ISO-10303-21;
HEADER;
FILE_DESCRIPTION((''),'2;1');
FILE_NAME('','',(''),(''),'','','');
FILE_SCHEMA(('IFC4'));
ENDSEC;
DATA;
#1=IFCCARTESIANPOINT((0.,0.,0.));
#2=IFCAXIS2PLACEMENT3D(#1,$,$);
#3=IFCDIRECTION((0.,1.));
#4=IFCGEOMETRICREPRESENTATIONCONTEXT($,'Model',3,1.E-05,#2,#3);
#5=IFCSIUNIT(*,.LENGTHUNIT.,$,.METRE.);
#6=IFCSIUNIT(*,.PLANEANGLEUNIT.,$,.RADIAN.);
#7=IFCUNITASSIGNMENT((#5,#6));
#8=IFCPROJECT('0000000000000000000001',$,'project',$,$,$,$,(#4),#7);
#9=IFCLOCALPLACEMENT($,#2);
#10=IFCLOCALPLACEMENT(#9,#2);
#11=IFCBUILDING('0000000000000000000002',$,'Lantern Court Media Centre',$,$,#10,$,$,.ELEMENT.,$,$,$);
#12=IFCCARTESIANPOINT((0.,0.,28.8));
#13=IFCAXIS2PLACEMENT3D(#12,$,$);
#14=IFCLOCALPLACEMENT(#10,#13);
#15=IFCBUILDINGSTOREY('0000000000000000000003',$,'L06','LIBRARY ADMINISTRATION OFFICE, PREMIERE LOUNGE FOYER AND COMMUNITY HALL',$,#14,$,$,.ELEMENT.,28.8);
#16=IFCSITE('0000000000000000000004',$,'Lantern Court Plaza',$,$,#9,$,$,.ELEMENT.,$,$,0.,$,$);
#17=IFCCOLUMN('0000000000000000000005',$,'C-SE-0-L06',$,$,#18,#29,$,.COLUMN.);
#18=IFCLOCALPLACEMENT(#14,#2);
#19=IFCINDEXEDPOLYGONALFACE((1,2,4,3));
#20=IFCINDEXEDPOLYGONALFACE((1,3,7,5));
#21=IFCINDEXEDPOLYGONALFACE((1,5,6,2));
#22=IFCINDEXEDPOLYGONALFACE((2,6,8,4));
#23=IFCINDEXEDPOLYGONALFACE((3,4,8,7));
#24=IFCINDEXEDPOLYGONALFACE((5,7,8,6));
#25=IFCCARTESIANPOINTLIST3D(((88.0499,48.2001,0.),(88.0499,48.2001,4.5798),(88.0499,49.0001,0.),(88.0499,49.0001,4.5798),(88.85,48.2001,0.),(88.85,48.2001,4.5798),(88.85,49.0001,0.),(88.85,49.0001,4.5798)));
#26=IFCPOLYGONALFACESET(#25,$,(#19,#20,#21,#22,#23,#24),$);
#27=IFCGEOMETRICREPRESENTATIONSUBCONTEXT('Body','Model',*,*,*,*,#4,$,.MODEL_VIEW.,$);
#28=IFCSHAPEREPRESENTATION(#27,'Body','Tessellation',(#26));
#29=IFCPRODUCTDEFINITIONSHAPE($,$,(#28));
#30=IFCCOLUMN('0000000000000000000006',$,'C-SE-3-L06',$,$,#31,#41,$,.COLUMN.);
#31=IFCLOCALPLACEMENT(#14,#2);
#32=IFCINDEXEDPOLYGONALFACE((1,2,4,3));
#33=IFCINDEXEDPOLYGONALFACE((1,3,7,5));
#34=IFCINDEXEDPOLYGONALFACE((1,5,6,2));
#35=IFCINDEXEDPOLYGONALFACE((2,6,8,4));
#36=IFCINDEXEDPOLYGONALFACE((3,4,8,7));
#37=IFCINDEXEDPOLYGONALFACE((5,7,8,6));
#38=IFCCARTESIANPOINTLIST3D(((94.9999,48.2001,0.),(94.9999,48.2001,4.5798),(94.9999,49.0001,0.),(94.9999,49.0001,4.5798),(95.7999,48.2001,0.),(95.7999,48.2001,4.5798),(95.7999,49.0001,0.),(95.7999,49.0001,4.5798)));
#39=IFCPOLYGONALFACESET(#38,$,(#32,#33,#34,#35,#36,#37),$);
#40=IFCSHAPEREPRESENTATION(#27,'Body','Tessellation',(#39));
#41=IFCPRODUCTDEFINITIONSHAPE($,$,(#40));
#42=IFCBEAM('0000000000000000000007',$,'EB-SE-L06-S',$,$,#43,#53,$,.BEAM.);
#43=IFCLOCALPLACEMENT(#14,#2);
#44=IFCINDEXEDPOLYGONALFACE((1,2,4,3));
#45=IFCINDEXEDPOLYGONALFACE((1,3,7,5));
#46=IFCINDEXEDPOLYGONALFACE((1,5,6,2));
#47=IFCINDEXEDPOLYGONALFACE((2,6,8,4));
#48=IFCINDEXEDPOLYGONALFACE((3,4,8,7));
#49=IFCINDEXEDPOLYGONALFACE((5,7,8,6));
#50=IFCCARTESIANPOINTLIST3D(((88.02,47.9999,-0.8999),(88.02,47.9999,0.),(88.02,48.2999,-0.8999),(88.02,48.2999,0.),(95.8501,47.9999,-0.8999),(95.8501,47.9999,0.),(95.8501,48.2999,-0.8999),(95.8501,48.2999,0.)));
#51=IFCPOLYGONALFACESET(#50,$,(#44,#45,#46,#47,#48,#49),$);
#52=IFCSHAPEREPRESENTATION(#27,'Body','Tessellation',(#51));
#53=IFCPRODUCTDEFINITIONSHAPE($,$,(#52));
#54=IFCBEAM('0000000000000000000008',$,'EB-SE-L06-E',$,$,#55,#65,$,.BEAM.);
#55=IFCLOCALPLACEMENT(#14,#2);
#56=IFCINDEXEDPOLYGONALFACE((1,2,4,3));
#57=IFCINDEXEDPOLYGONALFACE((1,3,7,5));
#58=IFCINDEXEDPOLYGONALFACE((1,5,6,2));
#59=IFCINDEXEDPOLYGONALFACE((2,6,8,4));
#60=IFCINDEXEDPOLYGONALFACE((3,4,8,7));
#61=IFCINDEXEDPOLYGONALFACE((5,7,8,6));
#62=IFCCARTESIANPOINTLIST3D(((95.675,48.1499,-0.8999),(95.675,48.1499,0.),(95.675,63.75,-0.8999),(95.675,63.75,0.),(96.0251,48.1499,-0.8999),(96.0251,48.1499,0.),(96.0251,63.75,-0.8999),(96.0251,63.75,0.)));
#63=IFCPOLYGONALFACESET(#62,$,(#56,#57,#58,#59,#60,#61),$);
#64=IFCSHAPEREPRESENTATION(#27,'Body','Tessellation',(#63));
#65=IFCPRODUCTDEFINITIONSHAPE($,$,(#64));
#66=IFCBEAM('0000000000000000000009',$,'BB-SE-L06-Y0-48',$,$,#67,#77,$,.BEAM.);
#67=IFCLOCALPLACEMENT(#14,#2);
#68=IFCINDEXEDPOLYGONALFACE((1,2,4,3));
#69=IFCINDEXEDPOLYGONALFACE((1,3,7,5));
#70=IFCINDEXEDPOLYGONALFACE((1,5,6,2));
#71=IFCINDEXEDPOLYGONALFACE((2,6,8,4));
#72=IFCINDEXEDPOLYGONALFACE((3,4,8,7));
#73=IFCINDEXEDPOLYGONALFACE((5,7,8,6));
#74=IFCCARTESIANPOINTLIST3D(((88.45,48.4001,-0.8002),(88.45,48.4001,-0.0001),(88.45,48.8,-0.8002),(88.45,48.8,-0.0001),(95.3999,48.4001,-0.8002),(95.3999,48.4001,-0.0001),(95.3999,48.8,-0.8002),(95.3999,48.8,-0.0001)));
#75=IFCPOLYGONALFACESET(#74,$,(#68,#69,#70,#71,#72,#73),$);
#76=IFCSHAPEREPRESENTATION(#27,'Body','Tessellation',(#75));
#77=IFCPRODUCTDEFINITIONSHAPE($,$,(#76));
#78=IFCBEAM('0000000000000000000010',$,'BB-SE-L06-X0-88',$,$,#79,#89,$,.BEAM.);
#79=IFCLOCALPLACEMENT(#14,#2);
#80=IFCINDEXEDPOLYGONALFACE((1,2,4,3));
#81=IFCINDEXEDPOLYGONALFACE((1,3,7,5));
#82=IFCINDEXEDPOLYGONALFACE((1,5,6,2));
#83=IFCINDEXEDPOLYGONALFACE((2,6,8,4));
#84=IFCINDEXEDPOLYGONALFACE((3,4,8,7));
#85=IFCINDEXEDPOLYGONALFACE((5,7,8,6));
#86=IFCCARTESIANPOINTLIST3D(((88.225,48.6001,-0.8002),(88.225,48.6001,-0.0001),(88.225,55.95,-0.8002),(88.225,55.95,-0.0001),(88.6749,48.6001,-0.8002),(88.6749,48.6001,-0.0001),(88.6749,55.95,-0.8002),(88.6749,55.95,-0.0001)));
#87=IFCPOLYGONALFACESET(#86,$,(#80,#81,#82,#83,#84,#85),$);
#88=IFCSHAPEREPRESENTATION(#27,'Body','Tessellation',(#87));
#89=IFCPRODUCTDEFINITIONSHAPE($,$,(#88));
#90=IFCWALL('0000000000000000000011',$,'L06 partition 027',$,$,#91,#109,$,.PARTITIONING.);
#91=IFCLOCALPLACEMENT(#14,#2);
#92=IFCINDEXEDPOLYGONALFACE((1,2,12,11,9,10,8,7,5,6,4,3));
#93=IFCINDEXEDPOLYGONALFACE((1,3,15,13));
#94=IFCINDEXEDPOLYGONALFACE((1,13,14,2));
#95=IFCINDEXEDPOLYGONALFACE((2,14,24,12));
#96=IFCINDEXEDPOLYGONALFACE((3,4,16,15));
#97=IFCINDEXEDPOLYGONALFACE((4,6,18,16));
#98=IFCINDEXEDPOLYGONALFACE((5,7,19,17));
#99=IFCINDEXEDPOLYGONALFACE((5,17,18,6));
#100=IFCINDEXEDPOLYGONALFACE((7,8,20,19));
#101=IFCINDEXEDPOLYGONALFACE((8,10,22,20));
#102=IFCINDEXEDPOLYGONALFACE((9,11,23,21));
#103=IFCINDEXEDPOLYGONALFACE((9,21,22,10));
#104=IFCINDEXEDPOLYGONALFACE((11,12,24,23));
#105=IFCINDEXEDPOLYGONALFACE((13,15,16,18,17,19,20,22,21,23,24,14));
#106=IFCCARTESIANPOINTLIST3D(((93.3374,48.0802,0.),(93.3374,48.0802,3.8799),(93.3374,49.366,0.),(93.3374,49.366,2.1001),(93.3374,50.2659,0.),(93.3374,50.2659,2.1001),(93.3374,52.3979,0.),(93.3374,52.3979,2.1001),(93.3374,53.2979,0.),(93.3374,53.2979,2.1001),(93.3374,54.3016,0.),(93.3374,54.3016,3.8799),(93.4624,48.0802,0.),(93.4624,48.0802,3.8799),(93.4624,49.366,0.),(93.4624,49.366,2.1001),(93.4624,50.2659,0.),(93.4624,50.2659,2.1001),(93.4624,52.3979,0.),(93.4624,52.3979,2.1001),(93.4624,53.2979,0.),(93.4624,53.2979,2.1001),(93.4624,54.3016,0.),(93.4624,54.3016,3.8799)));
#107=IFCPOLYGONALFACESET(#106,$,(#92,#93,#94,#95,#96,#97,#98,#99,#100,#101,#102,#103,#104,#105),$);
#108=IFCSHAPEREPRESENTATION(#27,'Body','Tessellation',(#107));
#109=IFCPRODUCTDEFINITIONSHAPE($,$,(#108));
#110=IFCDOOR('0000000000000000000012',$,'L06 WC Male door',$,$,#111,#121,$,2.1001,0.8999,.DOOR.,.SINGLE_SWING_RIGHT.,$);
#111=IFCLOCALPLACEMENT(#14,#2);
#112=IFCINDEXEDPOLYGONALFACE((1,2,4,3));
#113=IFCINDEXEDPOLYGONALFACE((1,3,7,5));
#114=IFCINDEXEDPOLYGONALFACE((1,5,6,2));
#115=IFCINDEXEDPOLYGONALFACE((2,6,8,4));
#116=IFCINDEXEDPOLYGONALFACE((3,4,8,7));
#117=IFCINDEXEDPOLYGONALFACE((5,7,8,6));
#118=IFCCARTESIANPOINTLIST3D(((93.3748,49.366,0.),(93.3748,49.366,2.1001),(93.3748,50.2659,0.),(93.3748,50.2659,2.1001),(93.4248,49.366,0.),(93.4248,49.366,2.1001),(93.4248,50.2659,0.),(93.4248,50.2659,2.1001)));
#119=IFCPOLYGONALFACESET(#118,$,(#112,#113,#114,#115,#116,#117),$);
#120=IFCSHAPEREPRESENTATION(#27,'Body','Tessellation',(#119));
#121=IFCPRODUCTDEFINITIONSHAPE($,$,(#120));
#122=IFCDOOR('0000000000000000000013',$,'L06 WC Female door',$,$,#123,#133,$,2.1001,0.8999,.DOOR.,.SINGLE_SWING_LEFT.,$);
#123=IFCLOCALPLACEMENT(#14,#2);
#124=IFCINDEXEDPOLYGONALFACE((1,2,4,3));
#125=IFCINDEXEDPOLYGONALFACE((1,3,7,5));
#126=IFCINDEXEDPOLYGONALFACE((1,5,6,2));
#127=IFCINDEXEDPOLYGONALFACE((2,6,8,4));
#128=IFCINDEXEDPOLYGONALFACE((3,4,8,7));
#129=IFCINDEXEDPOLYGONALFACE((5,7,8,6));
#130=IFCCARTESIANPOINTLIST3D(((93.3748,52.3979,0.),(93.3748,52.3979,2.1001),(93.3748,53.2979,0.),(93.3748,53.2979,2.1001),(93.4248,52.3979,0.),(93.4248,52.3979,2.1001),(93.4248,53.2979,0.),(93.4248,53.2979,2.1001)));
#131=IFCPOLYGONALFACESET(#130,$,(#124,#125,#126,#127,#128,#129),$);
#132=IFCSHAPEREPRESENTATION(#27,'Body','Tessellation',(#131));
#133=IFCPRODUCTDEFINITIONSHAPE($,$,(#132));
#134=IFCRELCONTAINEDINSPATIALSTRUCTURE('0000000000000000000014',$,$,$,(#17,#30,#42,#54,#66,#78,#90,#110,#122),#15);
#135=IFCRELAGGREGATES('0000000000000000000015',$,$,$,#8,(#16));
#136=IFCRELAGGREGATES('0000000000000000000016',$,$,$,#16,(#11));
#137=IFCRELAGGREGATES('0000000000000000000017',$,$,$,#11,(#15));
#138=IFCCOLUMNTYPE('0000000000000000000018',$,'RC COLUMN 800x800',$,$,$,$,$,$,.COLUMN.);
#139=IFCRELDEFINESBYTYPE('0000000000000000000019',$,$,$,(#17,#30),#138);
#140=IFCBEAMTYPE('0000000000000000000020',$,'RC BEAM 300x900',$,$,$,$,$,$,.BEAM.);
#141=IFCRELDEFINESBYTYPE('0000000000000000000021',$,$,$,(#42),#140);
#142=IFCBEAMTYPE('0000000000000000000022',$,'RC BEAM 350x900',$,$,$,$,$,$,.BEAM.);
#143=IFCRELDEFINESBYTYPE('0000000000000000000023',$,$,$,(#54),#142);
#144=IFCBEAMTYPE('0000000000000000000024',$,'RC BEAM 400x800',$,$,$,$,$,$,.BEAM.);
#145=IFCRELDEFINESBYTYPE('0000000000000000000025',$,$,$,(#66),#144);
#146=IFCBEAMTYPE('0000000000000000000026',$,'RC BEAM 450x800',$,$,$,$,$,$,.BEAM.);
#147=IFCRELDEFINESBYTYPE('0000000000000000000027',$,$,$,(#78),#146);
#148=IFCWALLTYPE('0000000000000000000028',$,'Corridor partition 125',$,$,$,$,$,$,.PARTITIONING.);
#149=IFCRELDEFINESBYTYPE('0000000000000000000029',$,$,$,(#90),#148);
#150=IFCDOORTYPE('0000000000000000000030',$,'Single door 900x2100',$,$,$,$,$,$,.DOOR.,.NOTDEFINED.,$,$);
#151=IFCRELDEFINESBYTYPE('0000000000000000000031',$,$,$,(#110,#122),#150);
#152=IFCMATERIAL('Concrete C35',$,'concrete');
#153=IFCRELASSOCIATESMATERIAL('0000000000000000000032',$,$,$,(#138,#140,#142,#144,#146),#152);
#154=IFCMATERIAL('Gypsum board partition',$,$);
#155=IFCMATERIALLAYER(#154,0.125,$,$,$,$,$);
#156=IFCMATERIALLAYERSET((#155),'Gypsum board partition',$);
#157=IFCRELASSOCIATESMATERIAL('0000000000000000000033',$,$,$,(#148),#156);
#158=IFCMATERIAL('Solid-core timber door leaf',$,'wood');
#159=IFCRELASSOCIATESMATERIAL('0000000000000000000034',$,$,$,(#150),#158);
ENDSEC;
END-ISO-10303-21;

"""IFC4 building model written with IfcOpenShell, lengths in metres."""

from ifc_helpers import new_model, si_unit, direction, frame, frame_2d, origin, origin_2d, place, context, subcontext, project, spatial, rectangle, extrude, material, layer, layer_set, material_profile, profile_set, type_object, element, fill, save


model = new_model("IFC4")

# Units and contexts
model_context = context("Model", 3, precision=1e-05, world=origin(), true_north=direction((0.0, 1.0)))
body_context = subcontext(model_context, "Body", "Model", "MODEL_VIEW")
ifc_project = project(units=[si_unit("LENGTHUNIT", "METRE"), si_unit("PLANEANGLEUNIT", "RADIAN")], contexts=[model_context])

# Site, building, storey
site_placement = place(None, origin())
site = spatial("IfcSite", under=ifc_project, at=site_placement, Name="Lantern Court Plaza", CompositionType="ELEMENT", RefElevation=0.0)
building_placement = place(site_placement, origin())
building = spatial("IfcBuilding", under=site, at=building_placement, Name="Lantern Court Media Centre", CompositionType="ELEMENT")
storey_placement = place(building_placement, frame((0.0, 0.0, 28.8)))
storey = spatial("IfcBuildingStorey", under=building, at=storey_placement, Name="L06", Description="LIBRARY ADMINISTRATION OFFICE, PREMIERE LOUNGE FOYER AND COMMUNITY HALL", CompositionType="ELEMENT", Elevation=28.8)

# Columns
ifc_material_1 = material(Name="Concrete C35", Category="concrete")
ifc_material_profile_1 = material_profile(ifc_material_1, rectangle(XDim=0.8, YDim=0.8, at=origin_2d()), Name="RC 800x800")
ifc_profile_set_1 = profile_set([ifc_material_profile_1], Name="Concrete C35")
column_type = type_object("IfcColumnType", Name="RC COLUMN 800x800", PredefinedType="COLUMN", material=ifc_profile_set_1)
for number, where, z_axis, x_axis, name in (
    (1, (88.45, 48.6001, 0.0), (0.0, 0.0, 1.0), (1.0, 0.0, 0.0), "C-SE-0-L06"),
    (2, (95.3999, 48.6001, 0.0), (0.0, 0.0, 1.0), (1.0, 0.0, 0.0), "C-SE-3-L06"),
):
    element("IfcColumn", number, at=place(storey_placement, frame(where, z_axis=z_axis, x_axis=x_axis)), inside=storey, type_object=column_type, Name=name, PredefinedType="COLUMN", context=body_context, shape_type="SweptSolid", body=[
        extrude(rectangle(XDim=0.8, YDim=0.8, at=origin_2d()), origin(), (0.0, 0.0, 1.0), 4.5798),
    ])

# Beams
ifc_material_profile_2 = material_profile(ifc_material_1, rectangle(XDim=0.3, YDim=0.8999, at=origin_2d()), Name="RC 300x900")
ifc_profile_set_2 = profile_set([ifc_material_profile_2], Name="Concrete C35")
beam_type_1 = type_object("IfcBeamType", Name="RC BEAM 300x900", PredefinedType="BEAM", material=ifc_profile_set_2)
beam_1_placement = place(storey_placement, frame((88.02, 48.1499, -0.45), z_axis=(1.0, 0.0, 0.0), x_axis=(0.0, 1.0, 0.0)))
element("IfcBeam", 3, at=beam_1_placement, inside=storey, type_object=beam_type_1, Name="EB-SE-L06-S", PredefinedType="BEAM", context=body_context, shape_type="SweptSolid", body=[
    extrude(rectangle(XDim=0.3, YDim=0.8999, at=origin_2d()), origin(), (0.0, 0.0, 1.0), 7.8301),
])
ifc_material_profile_3 = material_profile(ifc_material_1, rectangle(XDim=0.3501, YDim=0.8999, at=origin_2d()), Name="RC 350x900")
ifc_profile_set_3 = profile_set([ifc_material_profile_3], Name="Concrete C35")
beam_type_2 = type_object("IfcBeamType", Name="RC BEAM 350x900", PredefinedType="BEAM", material=ifc_profile_set_3)
beam_2_placement = place(storey_placement, frame((95.8501, 48.1499, -0.45), z_axis=(0.0, 1.0, 0.0), x_axis=(-1.0, 0.0, 0.0)))
element("IfcBeam", 4, at=beam_2_placement, inside=storey, type_object=beam_type_2, Name="EB-SE-L06-E", PredefinedType="BEAM", context=body_context, shape_type="SweptSolid", body=[
    extrude(rectangle(XDim=0.3501, YDim=0.8999, at=origin_2d()), origin(), (0.0, 0.0, 1.0), 15.6001),
])
ifc_material_profile_4 = material_profile(ifc_material_1, rectangle(XDim=0.3999, YDim=0.8, at=origin_2d()), Name="RC 400x800")
ifc_profile_set_4 = profile_set([ifc_material_profile_4], Name="Concrete C35")
beam_type_3 = type_object("IfcBeamType", Name="RC BEAM 400x800", PredefinedType="BEAM", material=ifc_profile_set_4)
beam_3_placement = place(storey_placement, frame((88.45, 48.6001, -0.4001), z_axis=(1.0, 0.0, 0.0), x_axis=(0.0, 1.0, 0.0)))
element("IfcBeam", 5, at=beam_3_placement, inside=storey, type_object=beam_type_3, Name="BB-SE-L06-Y0-48", PredefinedType="BEAM", context=body_context, shape_type="SweptSolid", body=[
    extrude(rectangle(XDim=0.3999, YDim=0.8, at=origin_2d()), origin(), (0.0, 0.0, 1.0), 6.95),
])
ifc_material_profile_5 = material_profile(ifc_material_1, rectangle(XDim=0.45, YDim=0.8, at=origin_2d()), Name="RC 450x800")
ifc_profile_set_5 = profile_set([ifc_material_profile_5], Name="Concrete C35")
beam_type_4 = type_object("IfcBeamType", Name="RC BEAM 450x800", PredefinedType="BEAM", material=ifc_profile_set_5)
beam_4_placement = place(storey_placement, frame((88.45, 48.6001, -0.4001), z_axis=(0.0, 1.0, 0.0), x_axis=(-1.0, 0.0, 0.0)))
element("IfcBeam", 6, at=beam_4_placement, inside=storey, type_object=beam_type_4, Name="BB-SE-L06-X0-88", PredefinedType="BEAM", context=body_context, shape_type="SweptSolid", body=[
    extrude(rectangle(XDim=0.45, YDim=0.8, at=origin_2d()), origin(), (0.0, 0.0, 1.0), 7.3499),
])

# Wall, openings, doors
ifc_material_2 = material(Name="Gypsum board partition")
ifc_layer_1 = layer(ifc_material_2, 0.125)
ifc_layer_set_1 = layer_set([ifc_layer_1], Name="Gypsum board partition")
wall_type_1 = type_object("IfcWallType", Name="Corridor partition 125", PredefinedType="PARTITIONING", material=ifc_layer_set_1)
wall_1_placement = place(storey_placement, frame((93.3999, 48.0801, 0.0), z_axis=(0.0, 0.0, 1.0), x_axis=(0.0, 1.0, 0.0)))
wall_1 = element("IfcWall", 7, at=wall_1_placement, inside=storey, type_object=wall_type_1, Name="L06 partition 027", PredefinedType="PARTITIONING", context=body_context, shape_type="SweptSolid", body=[
    extrude(rectangle(XDim=6.2214, YDim=0.125, at=frame_2d((3.1108, 0.0))), origin(), (0.0, 0.0, 1.0), 3.8799),
])
opening_1_placement = place(wall_1_placement, frame((1.2859, 0.0, 0.0)))
opening_1 = element("IfcOpeningElement", 8, at=opening_1_placement, cuts=wall_1, PredefinedType="OPENING", context=body_context, shape_type="SweptSolid", body=[
    extrude(rectangle(XDim=0.8999, YDim=2.1001, at=frame_2d((0.45, 1.05))), frame((0.0, 0.0725, 0.0), z_axis=(0.0, -1.0, 0.0), x_axis=(1.0, 0.0, 0.0)), (0.0, 0.0, 1.0), 0.145),
])
opening_2_placement = place(wall_1_placement, frame((4.3179, 0.0, 0.0)))
opening_2 = element("IfcOpeningElement", 9, at=opening_2_placement, cuts=wall_1, PredefinedType="OPENING", context=body_context, shape_type="SweptSolid", body=[
    extrude(rectangle(XDim=0.8999, YDim=2.1001, at=frame_2d((0.45, 1.05))), frame((0.0, 0.0725, 0.0), z_axis=(0.0, -1.0, 0.0), x_axis=(1.0, 0.0, 0.0)), (0.0, 0.0, 1.0), 0.145),
])
ifc_material_3 = material(Name="Solid-core timber door leaf", Category="wood")
door_type = type_object("IfcDoorType", Name="Single door 900x2100", OperationType="NOTDEFINED", PredefinedType="DOOR", material=ifc_material_3)
door_1_placement = place(opening_1_placement, frame((0.8999, 0.0, 0.0), z_axis=(0.0, 0.0, 1.0), x_axis=(-1.0, 0.0, 0.0)))
door_1 = element("IfcDoor", 10, at=door_1_placement, inside=storey, type_object=door_type, Name="L06 WC Male door", OperationType="SINGLE_SWING_RIGHT", OverallHeight=2.1001, OverallWidth=0.8999, PredefinedType="DOOR", context=body_context, shape_type="SweptSolid", body=[
    extrude(rectangle(XDim=0.8999, YDim=2.1001, at=frame_2d((0.45, 1.05))), frame((0.0, 0.0249, 0.0), z_axis=(0.0, -1.0, 0.0), x_axis=(1.0, 0.0, 0.0)), (0.0, 0.0, 1.0), 0.05),
])
fill(opening_1, door_1)
door_2_placement = place(opening_2_placement, frame((0.8999, 0.0, 0.0), z_axis=(0.0, 0.0, 1.0), x_axis=(-1.0, 0.0, 0.0)))
door_2 = element("IfcDoor", 11, at=door_2_placement, inside=storey, type_object=door_type, Name="L06 WC Female door", OperationType="SINGLE_SWING_LEFT", OverallHeight=2.1001, OverallWidth=0.8999, PredefinedType="DOOR", context=body_context, shape_type="SweptSolid", body=[
    extrude(rectangle(XDim=0.8999, YDim=2.1001, at=frame_2d((0.45, 1.05))), frame((0.0, 0.0249, 0.0), z_axis=(0.0, -1.0, 0.0), x_axis=(1.0, 0.0, 0.0)), (0.0, 0.0, 1.0), 0.05),
])
fill(opening_2, door_2)

save(model, "model.ifc")
